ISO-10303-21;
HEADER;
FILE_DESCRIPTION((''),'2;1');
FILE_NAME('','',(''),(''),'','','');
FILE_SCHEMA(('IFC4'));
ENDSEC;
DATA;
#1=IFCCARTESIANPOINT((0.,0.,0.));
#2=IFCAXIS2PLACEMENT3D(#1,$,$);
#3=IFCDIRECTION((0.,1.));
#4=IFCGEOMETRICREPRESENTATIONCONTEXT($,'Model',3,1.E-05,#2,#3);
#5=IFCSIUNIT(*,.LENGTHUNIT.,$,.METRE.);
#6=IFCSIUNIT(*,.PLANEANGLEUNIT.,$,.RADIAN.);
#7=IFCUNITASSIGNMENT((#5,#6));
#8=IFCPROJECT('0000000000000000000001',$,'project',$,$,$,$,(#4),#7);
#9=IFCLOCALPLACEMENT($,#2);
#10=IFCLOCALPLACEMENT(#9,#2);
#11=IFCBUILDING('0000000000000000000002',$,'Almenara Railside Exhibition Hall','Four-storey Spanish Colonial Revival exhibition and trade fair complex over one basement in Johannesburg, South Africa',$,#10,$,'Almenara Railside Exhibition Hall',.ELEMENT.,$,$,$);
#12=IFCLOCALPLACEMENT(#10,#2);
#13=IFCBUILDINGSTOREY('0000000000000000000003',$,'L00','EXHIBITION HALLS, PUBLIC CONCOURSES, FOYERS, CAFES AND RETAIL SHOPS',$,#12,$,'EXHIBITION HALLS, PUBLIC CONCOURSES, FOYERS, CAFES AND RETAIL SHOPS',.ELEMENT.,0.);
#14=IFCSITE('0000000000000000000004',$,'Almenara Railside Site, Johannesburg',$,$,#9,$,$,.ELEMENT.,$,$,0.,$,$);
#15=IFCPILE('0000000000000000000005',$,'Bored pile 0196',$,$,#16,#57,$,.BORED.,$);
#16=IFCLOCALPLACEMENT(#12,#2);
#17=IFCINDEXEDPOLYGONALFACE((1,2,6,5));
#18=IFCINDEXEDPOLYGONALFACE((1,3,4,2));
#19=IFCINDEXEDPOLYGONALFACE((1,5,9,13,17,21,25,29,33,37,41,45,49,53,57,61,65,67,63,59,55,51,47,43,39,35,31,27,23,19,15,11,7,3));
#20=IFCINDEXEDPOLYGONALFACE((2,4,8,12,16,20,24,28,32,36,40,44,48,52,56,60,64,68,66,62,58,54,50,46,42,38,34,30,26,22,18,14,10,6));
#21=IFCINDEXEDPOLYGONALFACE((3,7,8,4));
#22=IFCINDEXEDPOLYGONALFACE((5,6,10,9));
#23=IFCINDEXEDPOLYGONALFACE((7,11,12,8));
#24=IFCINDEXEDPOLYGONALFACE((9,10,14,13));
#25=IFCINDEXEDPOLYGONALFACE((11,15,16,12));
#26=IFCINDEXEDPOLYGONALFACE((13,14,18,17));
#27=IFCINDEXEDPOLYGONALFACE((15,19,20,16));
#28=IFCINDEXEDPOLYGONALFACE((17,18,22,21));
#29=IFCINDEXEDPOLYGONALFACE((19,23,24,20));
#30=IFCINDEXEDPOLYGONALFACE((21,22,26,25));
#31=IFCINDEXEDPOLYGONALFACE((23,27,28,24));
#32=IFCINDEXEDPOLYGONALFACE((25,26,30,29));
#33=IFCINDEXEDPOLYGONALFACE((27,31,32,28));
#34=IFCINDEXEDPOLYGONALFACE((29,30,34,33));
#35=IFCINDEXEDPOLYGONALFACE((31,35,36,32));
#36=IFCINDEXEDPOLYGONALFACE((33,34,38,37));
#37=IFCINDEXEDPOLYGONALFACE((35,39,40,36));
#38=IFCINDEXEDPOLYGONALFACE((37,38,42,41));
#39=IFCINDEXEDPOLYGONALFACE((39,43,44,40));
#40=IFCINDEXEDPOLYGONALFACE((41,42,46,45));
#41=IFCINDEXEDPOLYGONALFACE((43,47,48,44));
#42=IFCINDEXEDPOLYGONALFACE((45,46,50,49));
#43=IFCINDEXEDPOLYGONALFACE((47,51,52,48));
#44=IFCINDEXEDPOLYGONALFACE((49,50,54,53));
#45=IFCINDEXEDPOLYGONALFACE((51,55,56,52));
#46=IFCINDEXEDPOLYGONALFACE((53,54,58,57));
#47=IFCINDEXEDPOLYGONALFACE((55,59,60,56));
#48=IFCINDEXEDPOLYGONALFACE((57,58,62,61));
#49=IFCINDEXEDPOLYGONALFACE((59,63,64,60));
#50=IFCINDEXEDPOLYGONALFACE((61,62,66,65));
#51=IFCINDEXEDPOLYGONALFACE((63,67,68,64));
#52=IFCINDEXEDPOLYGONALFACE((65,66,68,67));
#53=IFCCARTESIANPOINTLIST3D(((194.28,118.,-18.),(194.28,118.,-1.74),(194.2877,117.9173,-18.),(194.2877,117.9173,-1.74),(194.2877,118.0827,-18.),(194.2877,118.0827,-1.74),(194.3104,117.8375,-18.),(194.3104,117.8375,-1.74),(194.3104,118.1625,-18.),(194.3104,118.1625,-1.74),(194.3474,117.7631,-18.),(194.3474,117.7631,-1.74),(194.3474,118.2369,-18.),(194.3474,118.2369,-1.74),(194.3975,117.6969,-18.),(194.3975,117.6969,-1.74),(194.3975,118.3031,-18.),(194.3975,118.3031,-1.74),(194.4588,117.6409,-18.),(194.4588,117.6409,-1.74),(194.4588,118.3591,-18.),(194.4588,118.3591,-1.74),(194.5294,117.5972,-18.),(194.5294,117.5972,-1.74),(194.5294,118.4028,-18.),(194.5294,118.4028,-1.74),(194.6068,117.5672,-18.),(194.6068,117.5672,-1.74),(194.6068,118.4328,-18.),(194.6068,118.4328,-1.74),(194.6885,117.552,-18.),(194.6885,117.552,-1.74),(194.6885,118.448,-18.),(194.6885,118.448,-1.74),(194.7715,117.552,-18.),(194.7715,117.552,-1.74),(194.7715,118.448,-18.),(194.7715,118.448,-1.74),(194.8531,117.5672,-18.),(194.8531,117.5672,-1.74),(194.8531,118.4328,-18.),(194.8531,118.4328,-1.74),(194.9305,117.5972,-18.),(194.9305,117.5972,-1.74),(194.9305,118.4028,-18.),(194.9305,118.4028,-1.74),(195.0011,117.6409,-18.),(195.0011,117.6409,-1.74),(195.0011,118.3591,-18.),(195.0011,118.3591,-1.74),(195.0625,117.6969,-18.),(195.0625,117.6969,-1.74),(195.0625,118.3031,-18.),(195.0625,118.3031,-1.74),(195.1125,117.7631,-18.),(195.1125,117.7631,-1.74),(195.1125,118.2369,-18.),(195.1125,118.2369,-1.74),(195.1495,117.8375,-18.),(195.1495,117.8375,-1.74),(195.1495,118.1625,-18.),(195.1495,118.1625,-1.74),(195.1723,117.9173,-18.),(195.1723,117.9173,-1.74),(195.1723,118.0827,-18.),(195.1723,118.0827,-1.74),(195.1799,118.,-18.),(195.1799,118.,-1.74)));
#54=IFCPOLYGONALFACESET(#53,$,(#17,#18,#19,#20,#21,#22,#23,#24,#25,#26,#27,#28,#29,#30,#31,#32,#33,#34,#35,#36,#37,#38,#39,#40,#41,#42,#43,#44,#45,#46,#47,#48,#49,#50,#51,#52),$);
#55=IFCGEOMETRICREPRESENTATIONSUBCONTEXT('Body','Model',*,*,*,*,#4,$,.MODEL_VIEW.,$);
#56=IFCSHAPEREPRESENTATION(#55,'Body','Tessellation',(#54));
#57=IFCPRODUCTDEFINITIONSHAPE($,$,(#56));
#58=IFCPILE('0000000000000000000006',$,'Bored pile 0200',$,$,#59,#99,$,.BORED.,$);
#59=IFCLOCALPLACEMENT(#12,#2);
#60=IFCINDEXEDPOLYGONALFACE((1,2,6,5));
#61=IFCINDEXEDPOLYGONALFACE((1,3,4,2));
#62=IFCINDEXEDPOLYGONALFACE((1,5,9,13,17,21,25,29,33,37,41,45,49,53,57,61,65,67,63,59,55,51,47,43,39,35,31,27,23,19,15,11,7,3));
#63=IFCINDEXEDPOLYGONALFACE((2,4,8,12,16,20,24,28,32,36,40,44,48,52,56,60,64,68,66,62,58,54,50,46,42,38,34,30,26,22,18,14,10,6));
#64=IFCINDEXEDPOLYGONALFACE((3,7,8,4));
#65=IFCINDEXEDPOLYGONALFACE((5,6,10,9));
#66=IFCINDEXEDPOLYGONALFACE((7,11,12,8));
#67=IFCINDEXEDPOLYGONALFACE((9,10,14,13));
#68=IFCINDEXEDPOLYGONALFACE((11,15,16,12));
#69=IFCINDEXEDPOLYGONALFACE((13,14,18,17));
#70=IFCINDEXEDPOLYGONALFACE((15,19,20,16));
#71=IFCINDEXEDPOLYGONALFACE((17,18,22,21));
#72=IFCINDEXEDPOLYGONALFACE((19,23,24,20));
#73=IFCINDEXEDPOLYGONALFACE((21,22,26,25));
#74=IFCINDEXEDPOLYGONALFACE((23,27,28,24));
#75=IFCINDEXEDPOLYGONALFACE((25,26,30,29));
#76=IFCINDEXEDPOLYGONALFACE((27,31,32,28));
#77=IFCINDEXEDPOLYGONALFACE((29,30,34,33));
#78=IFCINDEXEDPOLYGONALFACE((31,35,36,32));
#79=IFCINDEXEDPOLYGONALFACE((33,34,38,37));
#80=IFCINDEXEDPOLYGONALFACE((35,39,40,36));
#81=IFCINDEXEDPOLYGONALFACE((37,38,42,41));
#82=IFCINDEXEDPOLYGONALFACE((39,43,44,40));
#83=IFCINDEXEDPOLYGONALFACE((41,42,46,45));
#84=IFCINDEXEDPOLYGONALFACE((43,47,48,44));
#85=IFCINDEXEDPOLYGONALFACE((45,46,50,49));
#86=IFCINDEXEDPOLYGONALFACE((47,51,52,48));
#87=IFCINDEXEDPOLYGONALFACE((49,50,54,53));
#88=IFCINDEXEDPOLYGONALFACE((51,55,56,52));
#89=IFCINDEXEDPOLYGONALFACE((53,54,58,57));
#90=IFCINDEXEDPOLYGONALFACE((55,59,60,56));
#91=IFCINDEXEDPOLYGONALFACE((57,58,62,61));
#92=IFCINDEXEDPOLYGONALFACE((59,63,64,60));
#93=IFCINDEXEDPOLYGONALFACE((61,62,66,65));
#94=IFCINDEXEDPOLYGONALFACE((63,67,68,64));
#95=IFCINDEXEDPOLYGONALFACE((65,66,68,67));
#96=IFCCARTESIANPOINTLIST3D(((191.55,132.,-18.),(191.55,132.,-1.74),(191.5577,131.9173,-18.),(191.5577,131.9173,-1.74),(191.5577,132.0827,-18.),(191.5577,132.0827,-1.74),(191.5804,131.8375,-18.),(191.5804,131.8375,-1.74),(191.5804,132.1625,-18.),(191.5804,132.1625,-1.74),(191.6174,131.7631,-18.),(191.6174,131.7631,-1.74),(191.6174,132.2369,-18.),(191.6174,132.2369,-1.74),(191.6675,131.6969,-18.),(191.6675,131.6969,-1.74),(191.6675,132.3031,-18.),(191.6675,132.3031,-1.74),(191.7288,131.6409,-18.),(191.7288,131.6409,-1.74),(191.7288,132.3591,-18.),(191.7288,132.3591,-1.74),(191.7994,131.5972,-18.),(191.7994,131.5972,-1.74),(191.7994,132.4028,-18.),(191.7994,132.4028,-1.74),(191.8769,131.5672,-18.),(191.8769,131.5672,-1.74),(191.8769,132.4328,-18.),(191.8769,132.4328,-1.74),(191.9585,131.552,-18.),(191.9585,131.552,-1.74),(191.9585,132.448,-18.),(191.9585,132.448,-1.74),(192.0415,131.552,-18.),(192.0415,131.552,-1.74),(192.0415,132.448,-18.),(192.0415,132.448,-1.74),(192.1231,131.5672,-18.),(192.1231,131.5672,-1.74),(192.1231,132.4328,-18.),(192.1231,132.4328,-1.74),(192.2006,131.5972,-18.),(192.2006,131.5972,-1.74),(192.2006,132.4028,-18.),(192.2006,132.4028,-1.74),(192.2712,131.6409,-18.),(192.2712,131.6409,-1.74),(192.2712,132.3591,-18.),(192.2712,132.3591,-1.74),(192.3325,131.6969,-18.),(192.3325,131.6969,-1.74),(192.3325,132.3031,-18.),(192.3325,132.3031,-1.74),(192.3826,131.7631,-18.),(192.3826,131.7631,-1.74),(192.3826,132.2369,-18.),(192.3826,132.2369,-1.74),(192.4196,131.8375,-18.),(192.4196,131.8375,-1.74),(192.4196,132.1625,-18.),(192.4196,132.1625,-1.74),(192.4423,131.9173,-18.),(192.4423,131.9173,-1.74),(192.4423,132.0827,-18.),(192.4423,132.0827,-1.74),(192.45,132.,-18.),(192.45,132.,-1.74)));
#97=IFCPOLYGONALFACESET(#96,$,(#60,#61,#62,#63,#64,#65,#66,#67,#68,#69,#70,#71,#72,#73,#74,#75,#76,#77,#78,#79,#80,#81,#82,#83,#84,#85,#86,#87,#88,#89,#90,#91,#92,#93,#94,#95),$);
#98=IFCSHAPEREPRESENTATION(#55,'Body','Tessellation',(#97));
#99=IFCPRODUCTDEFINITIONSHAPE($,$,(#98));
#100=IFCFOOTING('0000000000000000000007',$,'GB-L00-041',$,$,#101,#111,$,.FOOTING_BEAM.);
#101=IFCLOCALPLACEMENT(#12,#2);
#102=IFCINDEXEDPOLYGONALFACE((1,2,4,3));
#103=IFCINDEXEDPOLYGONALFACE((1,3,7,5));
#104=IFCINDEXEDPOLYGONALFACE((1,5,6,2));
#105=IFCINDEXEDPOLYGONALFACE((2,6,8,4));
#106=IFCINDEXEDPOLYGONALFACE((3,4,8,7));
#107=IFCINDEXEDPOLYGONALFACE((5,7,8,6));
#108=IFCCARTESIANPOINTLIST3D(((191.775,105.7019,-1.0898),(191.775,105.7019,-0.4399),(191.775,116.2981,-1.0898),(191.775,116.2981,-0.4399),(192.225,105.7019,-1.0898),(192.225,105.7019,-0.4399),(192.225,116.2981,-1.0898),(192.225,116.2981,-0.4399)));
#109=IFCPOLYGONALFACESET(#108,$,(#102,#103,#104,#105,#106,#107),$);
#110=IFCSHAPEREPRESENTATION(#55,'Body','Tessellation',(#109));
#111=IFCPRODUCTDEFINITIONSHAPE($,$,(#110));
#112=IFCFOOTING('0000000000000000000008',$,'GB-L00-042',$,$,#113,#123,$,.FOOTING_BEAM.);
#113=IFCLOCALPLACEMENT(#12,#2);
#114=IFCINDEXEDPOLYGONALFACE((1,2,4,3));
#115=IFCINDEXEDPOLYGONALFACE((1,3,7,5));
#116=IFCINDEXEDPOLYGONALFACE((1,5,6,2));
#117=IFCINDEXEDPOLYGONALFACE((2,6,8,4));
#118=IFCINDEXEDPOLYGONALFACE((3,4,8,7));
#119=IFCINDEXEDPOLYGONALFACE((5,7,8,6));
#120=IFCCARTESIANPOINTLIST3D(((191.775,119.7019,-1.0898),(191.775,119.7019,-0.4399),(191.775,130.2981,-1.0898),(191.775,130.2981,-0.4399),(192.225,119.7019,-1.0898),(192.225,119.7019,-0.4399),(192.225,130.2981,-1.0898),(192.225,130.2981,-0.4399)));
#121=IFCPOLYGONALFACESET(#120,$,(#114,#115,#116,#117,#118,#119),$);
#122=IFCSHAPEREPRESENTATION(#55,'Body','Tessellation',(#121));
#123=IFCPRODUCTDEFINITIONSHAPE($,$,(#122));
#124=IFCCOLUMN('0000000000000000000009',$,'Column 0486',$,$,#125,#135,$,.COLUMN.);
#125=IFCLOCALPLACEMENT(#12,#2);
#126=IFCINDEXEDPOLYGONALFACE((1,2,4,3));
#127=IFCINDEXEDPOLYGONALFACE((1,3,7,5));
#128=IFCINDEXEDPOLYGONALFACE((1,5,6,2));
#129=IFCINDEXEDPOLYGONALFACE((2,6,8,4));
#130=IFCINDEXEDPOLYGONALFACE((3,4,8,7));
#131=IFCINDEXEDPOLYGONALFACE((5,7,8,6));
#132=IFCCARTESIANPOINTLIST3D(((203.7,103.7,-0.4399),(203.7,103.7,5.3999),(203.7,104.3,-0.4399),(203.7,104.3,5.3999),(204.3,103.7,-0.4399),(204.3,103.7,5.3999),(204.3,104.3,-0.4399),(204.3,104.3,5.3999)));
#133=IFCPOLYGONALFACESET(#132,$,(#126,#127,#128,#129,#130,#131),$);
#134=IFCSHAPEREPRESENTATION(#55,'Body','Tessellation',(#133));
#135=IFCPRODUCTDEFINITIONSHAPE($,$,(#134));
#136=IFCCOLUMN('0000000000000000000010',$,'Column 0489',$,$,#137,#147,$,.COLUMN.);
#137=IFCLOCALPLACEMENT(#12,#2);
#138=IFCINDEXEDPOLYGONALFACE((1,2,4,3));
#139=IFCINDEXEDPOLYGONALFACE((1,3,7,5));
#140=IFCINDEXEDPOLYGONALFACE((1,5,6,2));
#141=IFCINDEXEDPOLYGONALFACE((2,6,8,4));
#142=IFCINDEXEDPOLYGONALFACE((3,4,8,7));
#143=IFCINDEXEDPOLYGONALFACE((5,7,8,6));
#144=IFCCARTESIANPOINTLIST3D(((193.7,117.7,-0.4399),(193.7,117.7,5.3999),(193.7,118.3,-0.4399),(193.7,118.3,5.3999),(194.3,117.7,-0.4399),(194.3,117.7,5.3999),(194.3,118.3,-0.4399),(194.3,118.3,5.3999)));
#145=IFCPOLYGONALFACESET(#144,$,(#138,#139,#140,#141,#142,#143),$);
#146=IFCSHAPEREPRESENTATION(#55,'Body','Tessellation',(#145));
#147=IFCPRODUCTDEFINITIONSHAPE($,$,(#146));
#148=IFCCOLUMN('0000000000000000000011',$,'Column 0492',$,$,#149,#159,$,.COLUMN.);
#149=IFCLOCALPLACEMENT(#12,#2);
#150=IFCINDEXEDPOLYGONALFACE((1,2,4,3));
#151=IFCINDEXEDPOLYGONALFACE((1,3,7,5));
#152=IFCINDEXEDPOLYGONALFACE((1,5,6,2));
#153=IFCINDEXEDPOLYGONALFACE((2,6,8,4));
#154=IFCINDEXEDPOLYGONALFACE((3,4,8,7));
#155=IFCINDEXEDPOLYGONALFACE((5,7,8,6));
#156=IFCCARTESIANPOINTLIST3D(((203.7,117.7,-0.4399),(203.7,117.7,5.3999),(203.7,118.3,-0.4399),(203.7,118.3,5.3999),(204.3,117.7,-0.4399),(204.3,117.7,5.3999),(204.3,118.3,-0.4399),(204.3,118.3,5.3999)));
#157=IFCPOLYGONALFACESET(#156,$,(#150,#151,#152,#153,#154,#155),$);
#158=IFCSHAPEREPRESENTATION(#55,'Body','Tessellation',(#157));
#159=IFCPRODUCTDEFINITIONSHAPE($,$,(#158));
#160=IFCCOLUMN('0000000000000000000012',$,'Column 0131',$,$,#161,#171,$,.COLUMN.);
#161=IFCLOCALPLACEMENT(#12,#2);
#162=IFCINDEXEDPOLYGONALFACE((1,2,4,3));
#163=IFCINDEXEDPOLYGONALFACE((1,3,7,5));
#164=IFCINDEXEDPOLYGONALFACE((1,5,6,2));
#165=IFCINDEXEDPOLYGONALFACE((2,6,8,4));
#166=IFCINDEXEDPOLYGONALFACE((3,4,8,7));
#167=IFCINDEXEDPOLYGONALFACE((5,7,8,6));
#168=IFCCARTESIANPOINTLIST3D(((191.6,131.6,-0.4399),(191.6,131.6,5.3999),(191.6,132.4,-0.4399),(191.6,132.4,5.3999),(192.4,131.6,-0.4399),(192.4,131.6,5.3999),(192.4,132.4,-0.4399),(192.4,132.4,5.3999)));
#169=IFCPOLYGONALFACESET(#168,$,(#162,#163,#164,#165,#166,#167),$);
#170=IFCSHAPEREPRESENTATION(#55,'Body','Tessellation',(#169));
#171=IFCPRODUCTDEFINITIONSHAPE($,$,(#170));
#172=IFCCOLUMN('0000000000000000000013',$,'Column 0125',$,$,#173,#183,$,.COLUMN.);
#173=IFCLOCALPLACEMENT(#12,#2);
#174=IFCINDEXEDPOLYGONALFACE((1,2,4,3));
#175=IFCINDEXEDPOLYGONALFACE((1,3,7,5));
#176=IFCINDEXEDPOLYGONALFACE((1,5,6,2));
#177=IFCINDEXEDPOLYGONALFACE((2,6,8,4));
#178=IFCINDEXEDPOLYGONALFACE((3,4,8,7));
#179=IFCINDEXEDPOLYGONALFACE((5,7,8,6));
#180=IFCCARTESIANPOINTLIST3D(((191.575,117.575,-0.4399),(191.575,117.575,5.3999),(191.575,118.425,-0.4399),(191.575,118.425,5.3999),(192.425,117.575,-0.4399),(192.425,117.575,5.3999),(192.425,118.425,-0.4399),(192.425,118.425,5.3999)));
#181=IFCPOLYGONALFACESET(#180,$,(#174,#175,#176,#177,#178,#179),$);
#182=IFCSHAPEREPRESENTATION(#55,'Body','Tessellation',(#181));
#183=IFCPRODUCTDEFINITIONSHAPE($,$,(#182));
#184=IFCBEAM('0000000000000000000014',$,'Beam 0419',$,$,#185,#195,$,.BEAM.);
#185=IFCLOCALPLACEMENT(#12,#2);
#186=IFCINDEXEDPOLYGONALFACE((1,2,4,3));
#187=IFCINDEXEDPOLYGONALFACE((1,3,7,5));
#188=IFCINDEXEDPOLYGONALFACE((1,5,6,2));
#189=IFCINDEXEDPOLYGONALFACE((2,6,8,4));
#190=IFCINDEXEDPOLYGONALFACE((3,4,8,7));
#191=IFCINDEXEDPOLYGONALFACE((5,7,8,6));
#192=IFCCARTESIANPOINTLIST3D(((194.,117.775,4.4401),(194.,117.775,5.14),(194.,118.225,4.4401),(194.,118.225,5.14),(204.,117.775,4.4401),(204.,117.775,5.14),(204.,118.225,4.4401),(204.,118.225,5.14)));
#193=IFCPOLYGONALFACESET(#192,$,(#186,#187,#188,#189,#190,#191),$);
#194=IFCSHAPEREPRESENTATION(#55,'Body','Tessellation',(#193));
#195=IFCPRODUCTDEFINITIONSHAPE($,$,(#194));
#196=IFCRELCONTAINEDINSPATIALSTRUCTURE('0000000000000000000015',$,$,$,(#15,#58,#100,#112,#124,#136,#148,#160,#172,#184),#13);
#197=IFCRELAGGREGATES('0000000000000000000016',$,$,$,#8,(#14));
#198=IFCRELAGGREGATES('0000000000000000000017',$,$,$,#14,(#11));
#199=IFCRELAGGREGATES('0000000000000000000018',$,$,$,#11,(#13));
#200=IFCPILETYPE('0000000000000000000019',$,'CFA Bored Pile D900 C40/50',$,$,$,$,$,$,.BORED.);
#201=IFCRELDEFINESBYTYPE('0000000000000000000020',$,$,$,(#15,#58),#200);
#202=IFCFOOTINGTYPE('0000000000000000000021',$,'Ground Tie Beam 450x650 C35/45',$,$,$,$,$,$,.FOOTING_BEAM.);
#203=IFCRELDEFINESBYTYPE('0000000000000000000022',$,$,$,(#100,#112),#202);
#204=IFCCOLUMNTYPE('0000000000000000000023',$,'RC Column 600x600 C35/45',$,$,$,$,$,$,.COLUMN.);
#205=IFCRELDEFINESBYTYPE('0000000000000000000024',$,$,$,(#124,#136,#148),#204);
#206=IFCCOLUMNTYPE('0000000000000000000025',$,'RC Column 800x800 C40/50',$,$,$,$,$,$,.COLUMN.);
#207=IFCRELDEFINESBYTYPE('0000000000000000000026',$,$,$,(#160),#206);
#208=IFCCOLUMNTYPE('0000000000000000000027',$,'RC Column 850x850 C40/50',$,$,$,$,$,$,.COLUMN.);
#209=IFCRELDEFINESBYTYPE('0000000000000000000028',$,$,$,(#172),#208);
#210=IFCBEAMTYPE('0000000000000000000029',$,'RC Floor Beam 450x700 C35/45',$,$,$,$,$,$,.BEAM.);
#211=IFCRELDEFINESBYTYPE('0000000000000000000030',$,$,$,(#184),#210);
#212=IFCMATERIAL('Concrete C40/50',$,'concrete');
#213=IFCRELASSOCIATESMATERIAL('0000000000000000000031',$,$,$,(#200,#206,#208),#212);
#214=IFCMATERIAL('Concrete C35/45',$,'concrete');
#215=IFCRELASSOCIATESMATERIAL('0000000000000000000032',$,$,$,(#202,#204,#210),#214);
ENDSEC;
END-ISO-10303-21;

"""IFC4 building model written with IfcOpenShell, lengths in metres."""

from ifc_helpers import new_model, si_unit, direction, frame, origin, origin_2d, place, context, subcontext, project, spatial, rectangle, circle, extrude, material, material_profile, profile_set, type_object, element, save


model = new_model("IFC4")

# Units and contexts
model_context = context("Model", 3, precision=1e-05, world=origin(), true_north=direction((0.0, 1.0)))
body_context = subcontext(model_context, "Body", "Model", "MODEL_VIEW")
ifc_project = project(units=[si_unit("LENGTHUNIT", "METRE"), si_unit("PLANEANGLEUNIT", "RADIAN")], contexts=[model_context])

# Site, building, storey
site_placement = place(None, origin())
site = spatial("IfcSite", under=ifc_project, at=site_placement, Name="Almenara Railside Site, Johannesburg", CompositionType="ELEMENT", RefElevation=0.0)
building_placement = place(site_placement, origin())
building = spatial("IfcBuilding", under=site, at=building_placement, Name="Almenara Railside Exhibition Hall", Description="Four-storey Spanish Colonial Revival exhibition and trade fair complex over one basement in Johannesburg, South Africa", LongName="Almenara Railside Exhibition Hall", CompositionType="ELEMENT")
storey_placement = place(building_placement, origin())
storey = spatial("IfcBuildingStorey", under=building, at=storey_placement, Name="L00", Description="EXHIBITION HALLS, PUBLIC CONCOURSES, FOYERS, CAFES AND RETAIL SHOPS", LongName="EXHIBITION HALLS, PUBLIC CONCOURSES, FOYERS, CAFES AND RETAIL SHOPS", CompositionType="ELEMENT", Elevation=0.0)

# Piles
ifc_material_1 = material(Name="Concrete C40/50", Category="concrete")
ifc_material_profile_1 = material_profile(ifc_material_1, circle(Radius=0.45, at=origin_2d()), Name="CFA-PILE D900")
ifc_profile_set_1 = profile_set([ifc_material_profile_1], Name="Concrete C40/50")
pile_type_1 = type_object("IfcPileType", Name="CFA Bored Pile D900 C40/50", PredefinedType="BORED", material=ifc_profile_set_1)
for number, where, z_axis, x_axis, name in (
    (1, (194.73, 118.0, -1.74), (0.0, 0.0, -1.0), (1.0, 0.0, 0.0), "Bored pile 0196"),
    (2, (192.0, 132.0, -1.74), (0.0, 0.0, -1.0), (1.0, 0.0, 0.0), "Bored pile 0200"),
):
    element("IfcPile", number, at=place(storey_placement, frame(where, z_axis=z_axis, x_axis=x_axis)), inside=storey, type_object=pile_type_1, Name=name, PredefinedType="BORED", context=body_context, shape_type="SweptSolid", body=[
        extrude(circle(Radius=0.45, at=origin_2d()), origin(), (0.0, 0.0, 1.0), 16.26),
    ])

# Footings
ifc_material_2 = material(Name="Concrete C35/45", Category="concrete")
ifc_material_profile_2 = material_profile(ifc_material_2, rectangle(XDim=0.45, YDim=0.6499, at=origin_2d()), Name="RC-GB 450x650")
ifc_profile_set_2 = profile_set([ifc_material_profile_2], Name="Concrete C35/45")
footing_type = type_object("IfcFootingType", Name="Ground Tie Beam 450x650 C35/45", PredefinedType="FOOTING_BEAM", material=ifc_profile_set_2)
for number, where, z_axis, x_axis, name in (
    (3, (192.0, 105.7019, -0.7649), (0.0, 1.0, 0.0), (-1.0, 0.0, 0.0), "GB-L00-041"),
    (4, (192.0, 119.7019, -0.7649), (0.0, 1.0, 0.0), (-1.0, 0.0, 0.0), "GB-L00-042"),
):
    element("IfcFooting", number, at=place(storey_placement, frame(where, z_axis=z_axis, x_axis=x_axis)), inside=storey, type_object=footing_type, Name=name, PredefinedType="FOOTING_BEAM", context=body_context, shape_type="SweptSolid", body=[
        extrude(rectangle(XDim=0.45, YDim=0.6499, at=origin_2d()), origin(), (0.0, 0.0, 1.0), 10.5962),
    ])

# Columns
ifc_material_profile_3 = material_profile(ifc_material_2, rectangle(XDim=0.6001, YDim=0.6001, at=origin_2d()), Name="RC 600x600")
ifc_profile_set_3 = profile_set([ifc_material_profile_3], Name="Concrete C35/45")
column_type_1 = type_object("IfcColumnType", Name="RC Column 600x600 C35/45", PredefinedType="COLUMN", material=ifc_profile_set_3)
for number, where, z_axis, x_axis, name in (
    (5, (204.0, 104.0, -0.4399), (0.0, 0.0, 1.0), (1.0, 0.0, 0.0), "Column 0486"),
    (6, (194.0, 118.0, -0.4399), (0.0, 0.0, 1.0), (1.0, 0.0, 0.0), "Column 0489"),
    (7, (204.0, 118.0, -0.4399), (0.0, 0.0, 1.0), (1.0, 0.0, 0.0), "Column 0492"),
):
    element("IfcColumn", number, at=place(storey_placement, frame(where, z_axis=z_axis, x_axis=x_axis)), inside=storey, type_object=column_type_1, Name=name, PredefinedType="COLUMN", context=body_context, shape_type="SweptSolid", body=[
        extrude(rectangle(XDim=0.6001, YDim=0.6001, at=origin_2d()), origin(), (0.0, 0.0, 1.0), 5.8398),
    ])
ifc_material_profile_4 = material_profile(ifc_material_1, rectangle(XDim=0.8, YDim=0.8, at=origin_2d()), Name="RC 800x800")
ifc_profile_set_4 = profile_set([ifc_material_profile_4], Name="Concrete C40/50")
column_type_2 = type_object("IfcColumnType", Name="RC Column 800x800 C40/50", PredefinedType="COLUMN", material=ifc_profile_set_4)
column_1_placement = place(storey_placement, frame((192.0, 132.0, -0.4399), z_axis=(0.0, 0.0, 1.0), x_axis=(1.0, 0.0, 0.0)))
element("IfcColumn", 8, at=column_1_placement, inside=storey, type_object=column_type_2, Name="Column 0131", PredefinedType="COLUMN", context=body_context, shape_type="SweptSolid", body=[
    extrude(rectangle(XDim=0.8, YDim=0.8, at=origin_2d()), origin(), (0.0, 0.0, 1.0), 5.8398),
])
ifc_material_profile_5 = material_profile(ifc_material_1, rectangle(XDim=0.8501, YDim=0.8501, at=origin_2d()), Name="RC 850x850")
ifc_profile_set_5 = profile_set([ifc_material_profile_5], Name="Concrete C40/50")
column_type_3 = type_object("IfcColumnType", Name="RC Column 850x850 C40/50", PredefinedType="COLUMN", material=ifc_profile_set_5)
column_2_placement = place(storey_placement, frame((192.0, 118.0, -0.4399), z_axis=(0.0, 0.0, 1.0), x_axis=(1.0, 0.0, 0.0)))
element("IfcColumn", 9, at=column_2_placement, inside=storey, type_object=column_type_3, Name="Column 0125", PredefinedType="COLUMN", context=body_context, shape_type="SweptSolid", body=[
    extrude(rectangle(XDim=0.8501, YDim=0.8501, at=origin_2d()), origin(), (0.0, 0.0, 1.0), 5.8398),
])

# Beam
ifc_material_profile_6 = material_profile(ifc_material_2, rectangle(XDim=0.45, YDim=0.7, at=origin_2d()), Name="RC 450x700")
ifc_profile_set_6 = profile_set([ifc_material_profile_6], Name="Concrete C35/45")
beam_type_1 = type_object("IfcBeamType", Name="RC Floor Beam 450x700 C35/45", PredefinedType="BEAM", material=ifc_profile_set_6)
beam_1_placement = place(storey_placement, frame((194.0, 118.0, 4.79), z_axis=(1.0, 0.0, 0.0), x_axis=(0.0, 1.0, 0.0)))
element("IfcBeam", 10, at=beam_1_placement, inside=storey, type_object=beam_type_1, Name="Beam 0419", PredefinedType="BEAM", context=body_context, shape_type="SweptSolid", body=[
    extrude(rectangle(XDim=0.45, YDim=0.7, at=origin_2d()), origin(), (0.0, 0.0, 1.0), 10.0),
])

save(model, "model.ifc")
